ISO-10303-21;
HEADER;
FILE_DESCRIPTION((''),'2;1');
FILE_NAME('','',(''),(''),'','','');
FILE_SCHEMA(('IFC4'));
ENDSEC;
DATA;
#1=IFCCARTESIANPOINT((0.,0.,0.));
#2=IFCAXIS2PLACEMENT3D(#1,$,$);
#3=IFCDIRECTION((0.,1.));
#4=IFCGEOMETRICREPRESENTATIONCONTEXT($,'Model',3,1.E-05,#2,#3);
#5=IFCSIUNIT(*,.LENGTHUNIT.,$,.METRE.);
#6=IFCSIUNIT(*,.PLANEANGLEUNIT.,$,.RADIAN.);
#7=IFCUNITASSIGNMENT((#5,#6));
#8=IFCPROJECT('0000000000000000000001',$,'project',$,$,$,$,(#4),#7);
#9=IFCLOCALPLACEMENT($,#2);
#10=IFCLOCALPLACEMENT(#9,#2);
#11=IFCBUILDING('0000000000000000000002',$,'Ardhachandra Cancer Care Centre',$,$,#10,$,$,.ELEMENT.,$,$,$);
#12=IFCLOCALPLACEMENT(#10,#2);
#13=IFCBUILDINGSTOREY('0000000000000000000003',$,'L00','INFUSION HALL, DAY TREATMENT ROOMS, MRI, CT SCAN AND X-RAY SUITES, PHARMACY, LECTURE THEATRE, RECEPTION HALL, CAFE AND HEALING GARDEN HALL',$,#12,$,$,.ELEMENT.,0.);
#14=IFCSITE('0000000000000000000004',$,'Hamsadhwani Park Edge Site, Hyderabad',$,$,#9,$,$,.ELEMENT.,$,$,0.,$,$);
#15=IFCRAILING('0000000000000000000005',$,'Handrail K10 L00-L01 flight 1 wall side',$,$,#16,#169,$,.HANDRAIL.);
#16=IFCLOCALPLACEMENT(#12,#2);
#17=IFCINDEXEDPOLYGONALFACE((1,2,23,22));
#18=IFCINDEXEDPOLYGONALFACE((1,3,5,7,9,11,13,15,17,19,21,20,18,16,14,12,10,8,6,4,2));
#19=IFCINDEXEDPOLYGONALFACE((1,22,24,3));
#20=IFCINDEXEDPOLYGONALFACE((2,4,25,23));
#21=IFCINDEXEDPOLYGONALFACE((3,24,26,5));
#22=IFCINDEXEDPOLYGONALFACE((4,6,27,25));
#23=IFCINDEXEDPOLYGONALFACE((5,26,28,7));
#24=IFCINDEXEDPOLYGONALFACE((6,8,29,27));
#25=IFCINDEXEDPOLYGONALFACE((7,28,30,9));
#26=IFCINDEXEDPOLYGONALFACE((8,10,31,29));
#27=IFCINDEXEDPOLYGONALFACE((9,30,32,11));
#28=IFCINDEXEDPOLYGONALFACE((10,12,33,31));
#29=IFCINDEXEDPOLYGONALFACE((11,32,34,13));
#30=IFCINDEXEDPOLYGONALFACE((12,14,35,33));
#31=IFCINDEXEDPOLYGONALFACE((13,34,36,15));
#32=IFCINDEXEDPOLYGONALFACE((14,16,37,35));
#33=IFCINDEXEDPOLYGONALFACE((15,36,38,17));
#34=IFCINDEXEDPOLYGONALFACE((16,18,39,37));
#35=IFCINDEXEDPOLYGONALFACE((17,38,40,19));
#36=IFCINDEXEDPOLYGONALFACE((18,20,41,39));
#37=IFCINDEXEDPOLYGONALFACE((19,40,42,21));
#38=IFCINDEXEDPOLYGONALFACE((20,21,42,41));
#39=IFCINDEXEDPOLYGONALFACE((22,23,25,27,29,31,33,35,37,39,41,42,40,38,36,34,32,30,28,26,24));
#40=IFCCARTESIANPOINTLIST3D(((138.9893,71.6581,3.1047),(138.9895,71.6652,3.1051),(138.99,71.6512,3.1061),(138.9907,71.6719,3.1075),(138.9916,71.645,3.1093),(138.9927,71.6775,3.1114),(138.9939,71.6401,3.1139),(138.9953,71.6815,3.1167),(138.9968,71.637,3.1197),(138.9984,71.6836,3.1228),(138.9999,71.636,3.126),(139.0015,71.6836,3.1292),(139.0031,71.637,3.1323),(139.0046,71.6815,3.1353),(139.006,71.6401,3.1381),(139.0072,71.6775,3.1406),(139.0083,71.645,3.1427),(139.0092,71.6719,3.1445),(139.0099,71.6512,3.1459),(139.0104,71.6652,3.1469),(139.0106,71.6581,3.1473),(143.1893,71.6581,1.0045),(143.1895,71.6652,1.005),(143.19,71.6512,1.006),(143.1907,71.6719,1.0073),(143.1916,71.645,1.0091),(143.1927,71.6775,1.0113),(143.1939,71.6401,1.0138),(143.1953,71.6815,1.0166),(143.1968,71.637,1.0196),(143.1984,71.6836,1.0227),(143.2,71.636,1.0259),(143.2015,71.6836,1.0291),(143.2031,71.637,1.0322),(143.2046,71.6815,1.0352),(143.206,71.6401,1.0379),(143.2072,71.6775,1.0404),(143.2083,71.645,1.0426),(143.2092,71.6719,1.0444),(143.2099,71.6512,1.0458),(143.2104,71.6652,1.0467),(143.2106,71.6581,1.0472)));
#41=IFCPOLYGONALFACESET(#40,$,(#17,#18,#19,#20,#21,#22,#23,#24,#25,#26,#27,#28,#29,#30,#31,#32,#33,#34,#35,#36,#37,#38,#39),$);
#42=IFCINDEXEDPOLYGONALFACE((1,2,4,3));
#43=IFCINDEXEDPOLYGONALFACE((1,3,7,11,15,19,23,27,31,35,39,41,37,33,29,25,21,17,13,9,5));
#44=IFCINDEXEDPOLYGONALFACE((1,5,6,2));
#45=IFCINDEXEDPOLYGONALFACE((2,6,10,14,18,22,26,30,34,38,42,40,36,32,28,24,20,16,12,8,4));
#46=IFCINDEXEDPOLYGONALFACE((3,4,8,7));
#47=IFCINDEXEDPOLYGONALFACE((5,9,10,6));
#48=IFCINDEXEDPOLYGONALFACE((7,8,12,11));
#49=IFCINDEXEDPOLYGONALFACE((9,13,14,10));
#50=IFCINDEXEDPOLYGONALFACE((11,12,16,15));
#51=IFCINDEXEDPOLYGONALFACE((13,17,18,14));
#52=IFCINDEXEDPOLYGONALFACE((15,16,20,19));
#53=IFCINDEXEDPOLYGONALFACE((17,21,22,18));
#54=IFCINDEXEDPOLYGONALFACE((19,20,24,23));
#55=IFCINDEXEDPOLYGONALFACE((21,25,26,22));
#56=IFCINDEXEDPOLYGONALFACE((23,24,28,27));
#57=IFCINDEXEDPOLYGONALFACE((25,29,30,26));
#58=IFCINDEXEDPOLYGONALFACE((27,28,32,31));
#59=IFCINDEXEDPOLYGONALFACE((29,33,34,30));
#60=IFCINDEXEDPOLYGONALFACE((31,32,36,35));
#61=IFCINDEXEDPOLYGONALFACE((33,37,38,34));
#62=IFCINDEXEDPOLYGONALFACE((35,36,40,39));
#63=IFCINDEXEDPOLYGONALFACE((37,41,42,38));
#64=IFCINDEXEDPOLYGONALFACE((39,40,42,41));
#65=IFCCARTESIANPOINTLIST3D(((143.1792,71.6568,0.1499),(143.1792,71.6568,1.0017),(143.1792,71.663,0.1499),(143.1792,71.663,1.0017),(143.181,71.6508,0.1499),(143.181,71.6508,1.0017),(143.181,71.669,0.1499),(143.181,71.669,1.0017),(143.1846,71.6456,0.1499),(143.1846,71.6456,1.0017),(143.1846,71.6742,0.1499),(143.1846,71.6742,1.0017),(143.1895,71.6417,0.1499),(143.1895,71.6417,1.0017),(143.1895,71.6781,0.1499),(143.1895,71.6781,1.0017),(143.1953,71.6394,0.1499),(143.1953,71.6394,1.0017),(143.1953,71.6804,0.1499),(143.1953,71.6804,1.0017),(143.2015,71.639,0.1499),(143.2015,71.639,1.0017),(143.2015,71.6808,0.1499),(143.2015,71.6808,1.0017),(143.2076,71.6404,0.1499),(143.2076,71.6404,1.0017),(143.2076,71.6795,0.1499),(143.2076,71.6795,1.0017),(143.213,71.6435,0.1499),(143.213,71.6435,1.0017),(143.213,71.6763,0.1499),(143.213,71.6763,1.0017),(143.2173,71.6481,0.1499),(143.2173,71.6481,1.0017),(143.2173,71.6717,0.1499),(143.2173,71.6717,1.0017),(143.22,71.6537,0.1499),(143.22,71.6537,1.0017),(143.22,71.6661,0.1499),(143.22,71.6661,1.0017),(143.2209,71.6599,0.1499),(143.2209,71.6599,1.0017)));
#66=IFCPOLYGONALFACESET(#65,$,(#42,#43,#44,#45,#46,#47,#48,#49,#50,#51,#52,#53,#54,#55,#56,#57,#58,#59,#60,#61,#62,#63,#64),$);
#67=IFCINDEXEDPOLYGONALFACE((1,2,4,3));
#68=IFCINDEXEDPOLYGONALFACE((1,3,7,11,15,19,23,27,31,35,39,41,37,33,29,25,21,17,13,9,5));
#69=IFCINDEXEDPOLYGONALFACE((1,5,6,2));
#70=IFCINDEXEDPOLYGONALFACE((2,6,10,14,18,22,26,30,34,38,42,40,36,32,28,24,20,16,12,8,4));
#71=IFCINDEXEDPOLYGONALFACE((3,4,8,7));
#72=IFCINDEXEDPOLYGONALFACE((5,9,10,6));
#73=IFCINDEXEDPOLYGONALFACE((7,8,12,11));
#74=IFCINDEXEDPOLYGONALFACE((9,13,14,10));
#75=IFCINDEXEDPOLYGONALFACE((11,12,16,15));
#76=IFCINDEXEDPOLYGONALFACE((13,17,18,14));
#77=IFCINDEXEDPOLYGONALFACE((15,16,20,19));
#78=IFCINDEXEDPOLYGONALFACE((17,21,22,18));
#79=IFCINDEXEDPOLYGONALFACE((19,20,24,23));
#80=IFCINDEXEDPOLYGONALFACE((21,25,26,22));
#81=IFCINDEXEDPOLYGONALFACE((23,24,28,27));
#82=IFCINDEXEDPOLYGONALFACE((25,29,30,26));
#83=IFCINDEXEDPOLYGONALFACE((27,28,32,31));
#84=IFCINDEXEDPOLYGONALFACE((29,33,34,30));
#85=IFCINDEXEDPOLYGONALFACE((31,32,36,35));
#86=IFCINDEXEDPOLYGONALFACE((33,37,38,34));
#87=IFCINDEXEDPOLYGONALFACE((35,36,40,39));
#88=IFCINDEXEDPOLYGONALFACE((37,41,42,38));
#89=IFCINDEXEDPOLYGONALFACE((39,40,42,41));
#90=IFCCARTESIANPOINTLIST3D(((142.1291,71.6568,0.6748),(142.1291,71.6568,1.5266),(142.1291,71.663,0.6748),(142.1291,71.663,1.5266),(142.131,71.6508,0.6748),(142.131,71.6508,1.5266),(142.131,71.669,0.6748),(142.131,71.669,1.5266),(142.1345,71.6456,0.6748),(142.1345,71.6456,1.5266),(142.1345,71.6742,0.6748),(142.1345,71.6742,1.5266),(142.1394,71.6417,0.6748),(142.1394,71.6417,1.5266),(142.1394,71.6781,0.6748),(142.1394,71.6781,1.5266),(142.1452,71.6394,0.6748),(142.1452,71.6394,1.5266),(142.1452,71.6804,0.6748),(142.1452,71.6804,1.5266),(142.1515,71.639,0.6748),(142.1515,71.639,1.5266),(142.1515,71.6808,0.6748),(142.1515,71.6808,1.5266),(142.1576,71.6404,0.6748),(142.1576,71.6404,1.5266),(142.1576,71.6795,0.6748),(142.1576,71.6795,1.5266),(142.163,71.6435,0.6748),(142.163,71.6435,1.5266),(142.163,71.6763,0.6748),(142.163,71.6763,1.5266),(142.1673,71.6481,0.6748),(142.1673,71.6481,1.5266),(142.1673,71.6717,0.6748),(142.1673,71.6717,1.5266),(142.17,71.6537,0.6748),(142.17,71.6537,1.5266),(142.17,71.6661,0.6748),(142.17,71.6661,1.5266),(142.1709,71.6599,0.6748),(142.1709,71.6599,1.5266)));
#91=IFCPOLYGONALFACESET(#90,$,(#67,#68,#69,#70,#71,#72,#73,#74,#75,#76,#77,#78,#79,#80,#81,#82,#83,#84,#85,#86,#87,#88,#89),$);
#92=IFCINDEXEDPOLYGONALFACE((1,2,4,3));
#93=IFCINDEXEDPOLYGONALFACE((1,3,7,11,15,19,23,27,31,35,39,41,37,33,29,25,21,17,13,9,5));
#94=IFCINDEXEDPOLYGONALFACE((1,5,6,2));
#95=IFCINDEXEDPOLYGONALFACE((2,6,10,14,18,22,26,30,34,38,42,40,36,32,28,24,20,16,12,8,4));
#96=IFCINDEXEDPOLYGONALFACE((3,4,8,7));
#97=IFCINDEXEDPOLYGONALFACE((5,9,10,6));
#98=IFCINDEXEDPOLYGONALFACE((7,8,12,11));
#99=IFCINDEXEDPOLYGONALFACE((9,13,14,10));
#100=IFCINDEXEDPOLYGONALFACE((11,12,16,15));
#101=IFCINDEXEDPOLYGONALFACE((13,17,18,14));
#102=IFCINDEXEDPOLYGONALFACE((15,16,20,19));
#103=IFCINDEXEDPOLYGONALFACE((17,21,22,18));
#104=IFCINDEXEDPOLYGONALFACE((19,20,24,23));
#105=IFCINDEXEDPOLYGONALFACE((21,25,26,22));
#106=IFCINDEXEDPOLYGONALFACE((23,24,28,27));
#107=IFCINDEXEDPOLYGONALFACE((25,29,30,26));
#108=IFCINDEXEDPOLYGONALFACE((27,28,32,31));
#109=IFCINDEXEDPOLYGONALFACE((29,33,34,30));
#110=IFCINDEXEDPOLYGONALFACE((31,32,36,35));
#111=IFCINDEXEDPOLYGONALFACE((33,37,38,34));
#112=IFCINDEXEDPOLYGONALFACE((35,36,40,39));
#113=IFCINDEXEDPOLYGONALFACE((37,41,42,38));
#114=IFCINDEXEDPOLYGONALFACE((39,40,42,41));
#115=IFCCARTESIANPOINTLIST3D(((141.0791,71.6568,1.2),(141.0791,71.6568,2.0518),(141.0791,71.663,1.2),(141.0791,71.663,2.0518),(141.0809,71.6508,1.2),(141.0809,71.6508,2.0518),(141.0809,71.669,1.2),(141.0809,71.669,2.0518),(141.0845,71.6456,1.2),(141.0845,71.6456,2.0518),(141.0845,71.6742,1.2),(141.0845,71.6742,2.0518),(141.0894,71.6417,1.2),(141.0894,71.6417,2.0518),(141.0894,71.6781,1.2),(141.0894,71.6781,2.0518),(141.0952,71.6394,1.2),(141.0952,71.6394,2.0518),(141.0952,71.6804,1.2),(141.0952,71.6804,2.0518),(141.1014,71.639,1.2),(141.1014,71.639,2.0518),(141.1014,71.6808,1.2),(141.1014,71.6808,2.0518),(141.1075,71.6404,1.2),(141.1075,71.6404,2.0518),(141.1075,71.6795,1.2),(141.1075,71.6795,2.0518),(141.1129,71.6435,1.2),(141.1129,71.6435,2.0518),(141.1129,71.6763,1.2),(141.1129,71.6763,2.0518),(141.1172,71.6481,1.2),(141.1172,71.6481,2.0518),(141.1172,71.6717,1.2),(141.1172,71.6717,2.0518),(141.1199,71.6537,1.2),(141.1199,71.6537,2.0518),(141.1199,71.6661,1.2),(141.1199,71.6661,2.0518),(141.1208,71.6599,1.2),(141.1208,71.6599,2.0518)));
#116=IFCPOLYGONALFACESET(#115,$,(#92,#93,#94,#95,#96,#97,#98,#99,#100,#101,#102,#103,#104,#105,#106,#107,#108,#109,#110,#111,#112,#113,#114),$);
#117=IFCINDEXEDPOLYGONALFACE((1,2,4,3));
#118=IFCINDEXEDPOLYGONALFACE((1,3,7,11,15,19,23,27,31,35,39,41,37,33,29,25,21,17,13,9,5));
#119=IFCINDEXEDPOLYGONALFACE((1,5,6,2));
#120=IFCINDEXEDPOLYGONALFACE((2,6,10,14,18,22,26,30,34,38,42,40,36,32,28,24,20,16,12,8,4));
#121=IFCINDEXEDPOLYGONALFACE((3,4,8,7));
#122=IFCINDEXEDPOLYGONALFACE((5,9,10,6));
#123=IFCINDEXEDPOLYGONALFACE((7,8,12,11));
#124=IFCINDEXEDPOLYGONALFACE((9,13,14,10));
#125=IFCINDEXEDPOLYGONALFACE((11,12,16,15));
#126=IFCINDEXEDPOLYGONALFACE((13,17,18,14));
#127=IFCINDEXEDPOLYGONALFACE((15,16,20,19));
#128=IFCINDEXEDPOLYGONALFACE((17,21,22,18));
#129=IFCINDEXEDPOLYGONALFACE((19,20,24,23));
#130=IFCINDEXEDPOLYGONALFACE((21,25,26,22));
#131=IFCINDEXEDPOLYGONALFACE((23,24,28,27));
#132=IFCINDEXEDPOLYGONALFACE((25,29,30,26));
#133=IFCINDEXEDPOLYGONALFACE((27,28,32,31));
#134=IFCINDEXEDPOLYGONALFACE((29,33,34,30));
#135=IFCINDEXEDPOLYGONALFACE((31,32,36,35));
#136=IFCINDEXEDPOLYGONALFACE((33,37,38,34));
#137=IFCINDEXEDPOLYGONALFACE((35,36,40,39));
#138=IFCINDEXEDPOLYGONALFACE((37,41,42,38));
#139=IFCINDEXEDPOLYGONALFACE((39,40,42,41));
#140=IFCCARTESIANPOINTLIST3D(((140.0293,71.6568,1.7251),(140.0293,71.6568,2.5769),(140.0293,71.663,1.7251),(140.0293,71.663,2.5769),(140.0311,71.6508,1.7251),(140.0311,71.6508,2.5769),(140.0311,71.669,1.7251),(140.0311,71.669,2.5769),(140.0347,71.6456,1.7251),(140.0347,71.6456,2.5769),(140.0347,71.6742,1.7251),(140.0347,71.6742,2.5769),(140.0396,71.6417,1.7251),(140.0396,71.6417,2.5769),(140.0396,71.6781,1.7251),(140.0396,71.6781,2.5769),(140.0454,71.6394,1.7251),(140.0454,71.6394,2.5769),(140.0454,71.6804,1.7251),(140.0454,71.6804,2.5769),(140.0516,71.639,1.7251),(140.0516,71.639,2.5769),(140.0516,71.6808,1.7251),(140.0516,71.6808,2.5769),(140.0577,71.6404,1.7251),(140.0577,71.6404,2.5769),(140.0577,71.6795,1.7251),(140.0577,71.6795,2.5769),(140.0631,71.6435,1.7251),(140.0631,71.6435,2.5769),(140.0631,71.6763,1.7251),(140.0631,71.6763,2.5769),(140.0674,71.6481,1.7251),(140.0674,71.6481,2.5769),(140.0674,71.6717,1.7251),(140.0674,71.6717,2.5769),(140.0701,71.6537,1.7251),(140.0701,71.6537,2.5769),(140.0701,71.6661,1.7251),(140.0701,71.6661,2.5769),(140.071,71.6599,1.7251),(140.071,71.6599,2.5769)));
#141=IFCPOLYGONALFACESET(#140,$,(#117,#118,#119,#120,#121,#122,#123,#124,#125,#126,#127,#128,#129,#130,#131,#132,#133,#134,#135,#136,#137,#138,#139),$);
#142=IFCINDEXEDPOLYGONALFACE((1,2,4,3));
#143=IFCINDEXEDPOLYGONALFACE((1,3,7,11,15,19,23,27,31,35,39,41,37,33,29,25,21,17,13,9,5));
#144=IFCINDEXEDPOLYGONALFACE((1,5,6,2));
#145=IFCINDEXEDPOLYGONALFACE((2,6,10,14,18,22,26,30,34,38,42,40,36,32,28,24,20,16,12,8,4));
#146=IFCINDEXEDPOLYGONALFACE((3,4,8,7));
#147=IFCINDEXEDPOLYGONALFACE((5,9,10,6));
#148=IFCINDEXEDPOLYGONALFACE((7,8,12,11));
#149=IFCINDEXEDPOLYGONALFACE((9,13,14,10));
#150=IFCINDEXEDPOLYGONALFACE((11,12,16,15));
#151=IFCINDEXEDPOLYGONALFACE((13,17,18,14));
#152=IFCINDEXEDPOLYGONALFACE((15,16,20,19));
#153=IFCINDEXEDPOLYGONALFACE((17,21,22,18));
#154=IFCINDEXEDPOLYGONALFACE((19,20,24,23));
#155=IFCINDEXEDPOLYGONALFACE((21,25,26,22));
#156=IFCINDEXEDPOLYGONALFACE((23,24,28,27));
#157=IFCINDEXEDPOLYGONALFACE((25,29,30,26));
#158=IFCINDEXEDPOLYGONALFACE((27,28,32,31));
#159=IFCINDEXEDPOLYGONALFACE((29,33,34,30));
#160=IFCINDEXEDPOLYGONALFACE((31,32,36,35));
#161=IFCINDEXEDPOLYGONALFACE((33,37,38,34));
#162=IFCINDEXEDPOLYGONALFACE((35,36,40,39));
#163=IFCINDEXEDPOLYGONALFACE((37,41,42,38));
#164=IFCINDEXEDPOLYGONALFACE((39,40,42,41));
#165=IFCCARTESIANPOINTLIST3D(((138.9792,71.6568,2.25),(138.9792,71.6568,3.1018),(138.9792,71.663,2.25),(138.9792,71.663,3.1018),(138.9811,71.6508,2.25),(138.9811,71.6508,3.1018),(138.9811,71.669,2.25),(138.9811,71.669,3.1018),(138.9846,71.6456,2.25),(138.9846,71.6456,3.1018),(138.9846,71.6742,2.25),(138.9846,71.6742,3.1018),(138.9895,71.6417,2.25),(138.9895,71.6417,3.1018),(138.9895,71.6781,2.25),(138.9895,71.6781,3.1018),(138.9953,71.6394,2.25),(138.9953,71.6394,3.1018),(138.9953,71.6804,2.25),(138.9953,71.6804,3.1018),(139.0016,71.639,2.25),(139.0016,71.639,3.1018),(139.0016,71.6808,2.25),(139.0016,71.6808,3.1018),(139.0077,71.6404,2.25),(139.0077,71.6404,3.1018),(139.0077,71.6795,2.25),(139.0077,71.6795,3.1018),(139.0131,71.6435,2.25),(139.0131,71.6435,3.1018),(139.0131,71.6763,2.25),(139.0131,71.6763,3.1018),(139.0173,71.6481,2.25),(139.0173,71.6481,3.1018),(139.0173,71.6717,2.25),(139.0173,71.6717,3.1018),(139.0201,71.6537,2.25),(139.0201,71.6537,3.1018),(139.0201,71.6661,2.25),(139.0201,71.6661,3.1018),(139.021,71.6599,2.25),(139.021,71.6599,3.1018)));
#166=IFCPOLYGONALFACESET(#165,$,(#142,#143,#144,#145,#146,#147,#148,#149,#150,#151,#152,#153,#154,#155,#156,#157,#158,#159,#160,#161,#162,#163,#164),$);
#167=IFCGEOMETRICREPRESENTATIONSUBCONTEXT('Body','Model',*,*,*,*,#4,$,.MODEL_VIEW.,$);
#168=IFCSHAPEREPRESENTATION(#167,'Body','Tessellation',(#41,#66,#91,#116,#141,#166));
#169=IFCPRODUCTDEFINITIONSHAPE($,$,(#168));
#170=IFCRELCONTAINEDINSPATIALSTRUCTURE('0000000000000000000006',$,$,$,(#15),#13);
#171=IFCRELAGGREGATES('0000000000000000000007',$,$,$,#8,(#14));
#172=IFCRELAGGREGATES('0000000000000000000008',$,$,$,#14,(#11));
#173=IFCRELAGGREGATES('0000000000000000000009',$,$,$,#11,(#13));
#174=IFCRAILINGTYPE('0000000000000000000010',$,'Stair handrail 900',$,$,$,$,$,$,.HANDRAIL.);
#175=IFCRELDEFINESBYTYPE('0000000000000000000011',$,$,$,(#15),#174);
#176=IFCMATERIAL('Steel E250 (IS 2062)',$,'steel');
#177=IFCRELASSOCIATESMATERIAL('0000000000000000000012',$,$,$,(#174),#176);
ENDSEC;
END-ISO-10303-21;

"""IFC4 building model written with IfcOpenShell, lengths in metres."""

from ifc_helpers import new_model, si_unit, direction, frame, origin, origin_2d, place, context, subcontext, project, spatial, circle, extrude, material, type_object, element, save


model = new_model("IFC4")

# Units and contexts
model_context = context("Model", 3, precision=1e-05, world=origin(), true_north=direction((0.0, 1.0)))
body_context = subcontext(model_context, "Body", "Model", "MODEL_VIEW")
ifc_project = project(units=[si_unit("LENGTHUNIT", "METRE"), si_unit("PLANEANGLEUNIT", "RADIAN")], contexts=[model_context])

# Site, building, storey
site_placement = place(None, origin())
site = spatial("IfcSite", under=ifc_project, at=site_placement, Name="Hamsadhwani Park Edge Site, Hyderabad", CompositionType="ELEMENT", RefElevation=0.0)
building_placement = place(site_placement, origin())
building = spatial("IfcBuilding", under=site, at=building_placement, Name="Ardhachandra Cancer Care Centre", CompositionType="ELEMENT")
storey_placement = place(building_placement, origin())
storey = spatial("IfcBuildingStorey", under=building, at=storey_placement, Name="L00", Description="INFUSION HALL, DAY TREATMENT ROOMS, MRI, CT SCAN AND X-RAY SUITES, PHARMACY, LECTURE THEATRE, RECEPTION HALL, CAFE AND HEALING GARDEN HALL", CompositionType="ELEMENT", Elevation=0.0)

# Railing
ifc_material_1 = material(Name="Steel E250 (IS 2062)", Category="steel")
railing_type_1 = type_object("IfcRailingType", Name="Stair handrail 900", PredefinedType="HANDRAIL", material=ifc_material_1)
for number, where, name in (
    (1, (143.2, 71.6599, 0.1499), "Handrail K10 L00-L01 flight 1 wall side"),
):
    element("IfcRailing", number, at=place(storey_placement, frame(where)), inside=storey, type_object=railing_type_1, Name=name, PredefinedType="HANDRAIL", context=body_context, shape_type="SweptSolid", body=[
        extrude(circle(Radius=0.0239, at=origin_2d()), frame((0.0, 0.0, 0.876), z_axis=(-0.894417, 0.0, 0.447234), x_axis=(0.0, -1.0, 0.0)), (0.0, 0.0, 1.0), 4.6958),
        extrude(circle(Radius=0.021, at=origin_2d()), origin(), (0.0, 0.0, 1.0), 0.8518),
        extrude(circle(Radius=0.021, at=origin_2d()), frame((-1.05, 0.0, 0.5249)), (0.0, 0.0, 1.0), 0.8518),
        extrude(circle(Radius=0.021, at=origin_2d()), frame((-2.1001, 0.0, 1.05)), (0.0, 0.0, 1.0), 0.8518),
        extrude(circle(Radius=0.021, at=origin_2d()), frame((-3.1499, 0.0, 1.5752)), (0.0, 0.0, 1.0), 0.8518),
        extrude(circle(Radius=0.021, at=origin_2d()), frame((-4.2, 0.0, 2.1001)), (0.0, 0.0, 1.0), 0.8518),
    ])

save(model, "model.ifc")
